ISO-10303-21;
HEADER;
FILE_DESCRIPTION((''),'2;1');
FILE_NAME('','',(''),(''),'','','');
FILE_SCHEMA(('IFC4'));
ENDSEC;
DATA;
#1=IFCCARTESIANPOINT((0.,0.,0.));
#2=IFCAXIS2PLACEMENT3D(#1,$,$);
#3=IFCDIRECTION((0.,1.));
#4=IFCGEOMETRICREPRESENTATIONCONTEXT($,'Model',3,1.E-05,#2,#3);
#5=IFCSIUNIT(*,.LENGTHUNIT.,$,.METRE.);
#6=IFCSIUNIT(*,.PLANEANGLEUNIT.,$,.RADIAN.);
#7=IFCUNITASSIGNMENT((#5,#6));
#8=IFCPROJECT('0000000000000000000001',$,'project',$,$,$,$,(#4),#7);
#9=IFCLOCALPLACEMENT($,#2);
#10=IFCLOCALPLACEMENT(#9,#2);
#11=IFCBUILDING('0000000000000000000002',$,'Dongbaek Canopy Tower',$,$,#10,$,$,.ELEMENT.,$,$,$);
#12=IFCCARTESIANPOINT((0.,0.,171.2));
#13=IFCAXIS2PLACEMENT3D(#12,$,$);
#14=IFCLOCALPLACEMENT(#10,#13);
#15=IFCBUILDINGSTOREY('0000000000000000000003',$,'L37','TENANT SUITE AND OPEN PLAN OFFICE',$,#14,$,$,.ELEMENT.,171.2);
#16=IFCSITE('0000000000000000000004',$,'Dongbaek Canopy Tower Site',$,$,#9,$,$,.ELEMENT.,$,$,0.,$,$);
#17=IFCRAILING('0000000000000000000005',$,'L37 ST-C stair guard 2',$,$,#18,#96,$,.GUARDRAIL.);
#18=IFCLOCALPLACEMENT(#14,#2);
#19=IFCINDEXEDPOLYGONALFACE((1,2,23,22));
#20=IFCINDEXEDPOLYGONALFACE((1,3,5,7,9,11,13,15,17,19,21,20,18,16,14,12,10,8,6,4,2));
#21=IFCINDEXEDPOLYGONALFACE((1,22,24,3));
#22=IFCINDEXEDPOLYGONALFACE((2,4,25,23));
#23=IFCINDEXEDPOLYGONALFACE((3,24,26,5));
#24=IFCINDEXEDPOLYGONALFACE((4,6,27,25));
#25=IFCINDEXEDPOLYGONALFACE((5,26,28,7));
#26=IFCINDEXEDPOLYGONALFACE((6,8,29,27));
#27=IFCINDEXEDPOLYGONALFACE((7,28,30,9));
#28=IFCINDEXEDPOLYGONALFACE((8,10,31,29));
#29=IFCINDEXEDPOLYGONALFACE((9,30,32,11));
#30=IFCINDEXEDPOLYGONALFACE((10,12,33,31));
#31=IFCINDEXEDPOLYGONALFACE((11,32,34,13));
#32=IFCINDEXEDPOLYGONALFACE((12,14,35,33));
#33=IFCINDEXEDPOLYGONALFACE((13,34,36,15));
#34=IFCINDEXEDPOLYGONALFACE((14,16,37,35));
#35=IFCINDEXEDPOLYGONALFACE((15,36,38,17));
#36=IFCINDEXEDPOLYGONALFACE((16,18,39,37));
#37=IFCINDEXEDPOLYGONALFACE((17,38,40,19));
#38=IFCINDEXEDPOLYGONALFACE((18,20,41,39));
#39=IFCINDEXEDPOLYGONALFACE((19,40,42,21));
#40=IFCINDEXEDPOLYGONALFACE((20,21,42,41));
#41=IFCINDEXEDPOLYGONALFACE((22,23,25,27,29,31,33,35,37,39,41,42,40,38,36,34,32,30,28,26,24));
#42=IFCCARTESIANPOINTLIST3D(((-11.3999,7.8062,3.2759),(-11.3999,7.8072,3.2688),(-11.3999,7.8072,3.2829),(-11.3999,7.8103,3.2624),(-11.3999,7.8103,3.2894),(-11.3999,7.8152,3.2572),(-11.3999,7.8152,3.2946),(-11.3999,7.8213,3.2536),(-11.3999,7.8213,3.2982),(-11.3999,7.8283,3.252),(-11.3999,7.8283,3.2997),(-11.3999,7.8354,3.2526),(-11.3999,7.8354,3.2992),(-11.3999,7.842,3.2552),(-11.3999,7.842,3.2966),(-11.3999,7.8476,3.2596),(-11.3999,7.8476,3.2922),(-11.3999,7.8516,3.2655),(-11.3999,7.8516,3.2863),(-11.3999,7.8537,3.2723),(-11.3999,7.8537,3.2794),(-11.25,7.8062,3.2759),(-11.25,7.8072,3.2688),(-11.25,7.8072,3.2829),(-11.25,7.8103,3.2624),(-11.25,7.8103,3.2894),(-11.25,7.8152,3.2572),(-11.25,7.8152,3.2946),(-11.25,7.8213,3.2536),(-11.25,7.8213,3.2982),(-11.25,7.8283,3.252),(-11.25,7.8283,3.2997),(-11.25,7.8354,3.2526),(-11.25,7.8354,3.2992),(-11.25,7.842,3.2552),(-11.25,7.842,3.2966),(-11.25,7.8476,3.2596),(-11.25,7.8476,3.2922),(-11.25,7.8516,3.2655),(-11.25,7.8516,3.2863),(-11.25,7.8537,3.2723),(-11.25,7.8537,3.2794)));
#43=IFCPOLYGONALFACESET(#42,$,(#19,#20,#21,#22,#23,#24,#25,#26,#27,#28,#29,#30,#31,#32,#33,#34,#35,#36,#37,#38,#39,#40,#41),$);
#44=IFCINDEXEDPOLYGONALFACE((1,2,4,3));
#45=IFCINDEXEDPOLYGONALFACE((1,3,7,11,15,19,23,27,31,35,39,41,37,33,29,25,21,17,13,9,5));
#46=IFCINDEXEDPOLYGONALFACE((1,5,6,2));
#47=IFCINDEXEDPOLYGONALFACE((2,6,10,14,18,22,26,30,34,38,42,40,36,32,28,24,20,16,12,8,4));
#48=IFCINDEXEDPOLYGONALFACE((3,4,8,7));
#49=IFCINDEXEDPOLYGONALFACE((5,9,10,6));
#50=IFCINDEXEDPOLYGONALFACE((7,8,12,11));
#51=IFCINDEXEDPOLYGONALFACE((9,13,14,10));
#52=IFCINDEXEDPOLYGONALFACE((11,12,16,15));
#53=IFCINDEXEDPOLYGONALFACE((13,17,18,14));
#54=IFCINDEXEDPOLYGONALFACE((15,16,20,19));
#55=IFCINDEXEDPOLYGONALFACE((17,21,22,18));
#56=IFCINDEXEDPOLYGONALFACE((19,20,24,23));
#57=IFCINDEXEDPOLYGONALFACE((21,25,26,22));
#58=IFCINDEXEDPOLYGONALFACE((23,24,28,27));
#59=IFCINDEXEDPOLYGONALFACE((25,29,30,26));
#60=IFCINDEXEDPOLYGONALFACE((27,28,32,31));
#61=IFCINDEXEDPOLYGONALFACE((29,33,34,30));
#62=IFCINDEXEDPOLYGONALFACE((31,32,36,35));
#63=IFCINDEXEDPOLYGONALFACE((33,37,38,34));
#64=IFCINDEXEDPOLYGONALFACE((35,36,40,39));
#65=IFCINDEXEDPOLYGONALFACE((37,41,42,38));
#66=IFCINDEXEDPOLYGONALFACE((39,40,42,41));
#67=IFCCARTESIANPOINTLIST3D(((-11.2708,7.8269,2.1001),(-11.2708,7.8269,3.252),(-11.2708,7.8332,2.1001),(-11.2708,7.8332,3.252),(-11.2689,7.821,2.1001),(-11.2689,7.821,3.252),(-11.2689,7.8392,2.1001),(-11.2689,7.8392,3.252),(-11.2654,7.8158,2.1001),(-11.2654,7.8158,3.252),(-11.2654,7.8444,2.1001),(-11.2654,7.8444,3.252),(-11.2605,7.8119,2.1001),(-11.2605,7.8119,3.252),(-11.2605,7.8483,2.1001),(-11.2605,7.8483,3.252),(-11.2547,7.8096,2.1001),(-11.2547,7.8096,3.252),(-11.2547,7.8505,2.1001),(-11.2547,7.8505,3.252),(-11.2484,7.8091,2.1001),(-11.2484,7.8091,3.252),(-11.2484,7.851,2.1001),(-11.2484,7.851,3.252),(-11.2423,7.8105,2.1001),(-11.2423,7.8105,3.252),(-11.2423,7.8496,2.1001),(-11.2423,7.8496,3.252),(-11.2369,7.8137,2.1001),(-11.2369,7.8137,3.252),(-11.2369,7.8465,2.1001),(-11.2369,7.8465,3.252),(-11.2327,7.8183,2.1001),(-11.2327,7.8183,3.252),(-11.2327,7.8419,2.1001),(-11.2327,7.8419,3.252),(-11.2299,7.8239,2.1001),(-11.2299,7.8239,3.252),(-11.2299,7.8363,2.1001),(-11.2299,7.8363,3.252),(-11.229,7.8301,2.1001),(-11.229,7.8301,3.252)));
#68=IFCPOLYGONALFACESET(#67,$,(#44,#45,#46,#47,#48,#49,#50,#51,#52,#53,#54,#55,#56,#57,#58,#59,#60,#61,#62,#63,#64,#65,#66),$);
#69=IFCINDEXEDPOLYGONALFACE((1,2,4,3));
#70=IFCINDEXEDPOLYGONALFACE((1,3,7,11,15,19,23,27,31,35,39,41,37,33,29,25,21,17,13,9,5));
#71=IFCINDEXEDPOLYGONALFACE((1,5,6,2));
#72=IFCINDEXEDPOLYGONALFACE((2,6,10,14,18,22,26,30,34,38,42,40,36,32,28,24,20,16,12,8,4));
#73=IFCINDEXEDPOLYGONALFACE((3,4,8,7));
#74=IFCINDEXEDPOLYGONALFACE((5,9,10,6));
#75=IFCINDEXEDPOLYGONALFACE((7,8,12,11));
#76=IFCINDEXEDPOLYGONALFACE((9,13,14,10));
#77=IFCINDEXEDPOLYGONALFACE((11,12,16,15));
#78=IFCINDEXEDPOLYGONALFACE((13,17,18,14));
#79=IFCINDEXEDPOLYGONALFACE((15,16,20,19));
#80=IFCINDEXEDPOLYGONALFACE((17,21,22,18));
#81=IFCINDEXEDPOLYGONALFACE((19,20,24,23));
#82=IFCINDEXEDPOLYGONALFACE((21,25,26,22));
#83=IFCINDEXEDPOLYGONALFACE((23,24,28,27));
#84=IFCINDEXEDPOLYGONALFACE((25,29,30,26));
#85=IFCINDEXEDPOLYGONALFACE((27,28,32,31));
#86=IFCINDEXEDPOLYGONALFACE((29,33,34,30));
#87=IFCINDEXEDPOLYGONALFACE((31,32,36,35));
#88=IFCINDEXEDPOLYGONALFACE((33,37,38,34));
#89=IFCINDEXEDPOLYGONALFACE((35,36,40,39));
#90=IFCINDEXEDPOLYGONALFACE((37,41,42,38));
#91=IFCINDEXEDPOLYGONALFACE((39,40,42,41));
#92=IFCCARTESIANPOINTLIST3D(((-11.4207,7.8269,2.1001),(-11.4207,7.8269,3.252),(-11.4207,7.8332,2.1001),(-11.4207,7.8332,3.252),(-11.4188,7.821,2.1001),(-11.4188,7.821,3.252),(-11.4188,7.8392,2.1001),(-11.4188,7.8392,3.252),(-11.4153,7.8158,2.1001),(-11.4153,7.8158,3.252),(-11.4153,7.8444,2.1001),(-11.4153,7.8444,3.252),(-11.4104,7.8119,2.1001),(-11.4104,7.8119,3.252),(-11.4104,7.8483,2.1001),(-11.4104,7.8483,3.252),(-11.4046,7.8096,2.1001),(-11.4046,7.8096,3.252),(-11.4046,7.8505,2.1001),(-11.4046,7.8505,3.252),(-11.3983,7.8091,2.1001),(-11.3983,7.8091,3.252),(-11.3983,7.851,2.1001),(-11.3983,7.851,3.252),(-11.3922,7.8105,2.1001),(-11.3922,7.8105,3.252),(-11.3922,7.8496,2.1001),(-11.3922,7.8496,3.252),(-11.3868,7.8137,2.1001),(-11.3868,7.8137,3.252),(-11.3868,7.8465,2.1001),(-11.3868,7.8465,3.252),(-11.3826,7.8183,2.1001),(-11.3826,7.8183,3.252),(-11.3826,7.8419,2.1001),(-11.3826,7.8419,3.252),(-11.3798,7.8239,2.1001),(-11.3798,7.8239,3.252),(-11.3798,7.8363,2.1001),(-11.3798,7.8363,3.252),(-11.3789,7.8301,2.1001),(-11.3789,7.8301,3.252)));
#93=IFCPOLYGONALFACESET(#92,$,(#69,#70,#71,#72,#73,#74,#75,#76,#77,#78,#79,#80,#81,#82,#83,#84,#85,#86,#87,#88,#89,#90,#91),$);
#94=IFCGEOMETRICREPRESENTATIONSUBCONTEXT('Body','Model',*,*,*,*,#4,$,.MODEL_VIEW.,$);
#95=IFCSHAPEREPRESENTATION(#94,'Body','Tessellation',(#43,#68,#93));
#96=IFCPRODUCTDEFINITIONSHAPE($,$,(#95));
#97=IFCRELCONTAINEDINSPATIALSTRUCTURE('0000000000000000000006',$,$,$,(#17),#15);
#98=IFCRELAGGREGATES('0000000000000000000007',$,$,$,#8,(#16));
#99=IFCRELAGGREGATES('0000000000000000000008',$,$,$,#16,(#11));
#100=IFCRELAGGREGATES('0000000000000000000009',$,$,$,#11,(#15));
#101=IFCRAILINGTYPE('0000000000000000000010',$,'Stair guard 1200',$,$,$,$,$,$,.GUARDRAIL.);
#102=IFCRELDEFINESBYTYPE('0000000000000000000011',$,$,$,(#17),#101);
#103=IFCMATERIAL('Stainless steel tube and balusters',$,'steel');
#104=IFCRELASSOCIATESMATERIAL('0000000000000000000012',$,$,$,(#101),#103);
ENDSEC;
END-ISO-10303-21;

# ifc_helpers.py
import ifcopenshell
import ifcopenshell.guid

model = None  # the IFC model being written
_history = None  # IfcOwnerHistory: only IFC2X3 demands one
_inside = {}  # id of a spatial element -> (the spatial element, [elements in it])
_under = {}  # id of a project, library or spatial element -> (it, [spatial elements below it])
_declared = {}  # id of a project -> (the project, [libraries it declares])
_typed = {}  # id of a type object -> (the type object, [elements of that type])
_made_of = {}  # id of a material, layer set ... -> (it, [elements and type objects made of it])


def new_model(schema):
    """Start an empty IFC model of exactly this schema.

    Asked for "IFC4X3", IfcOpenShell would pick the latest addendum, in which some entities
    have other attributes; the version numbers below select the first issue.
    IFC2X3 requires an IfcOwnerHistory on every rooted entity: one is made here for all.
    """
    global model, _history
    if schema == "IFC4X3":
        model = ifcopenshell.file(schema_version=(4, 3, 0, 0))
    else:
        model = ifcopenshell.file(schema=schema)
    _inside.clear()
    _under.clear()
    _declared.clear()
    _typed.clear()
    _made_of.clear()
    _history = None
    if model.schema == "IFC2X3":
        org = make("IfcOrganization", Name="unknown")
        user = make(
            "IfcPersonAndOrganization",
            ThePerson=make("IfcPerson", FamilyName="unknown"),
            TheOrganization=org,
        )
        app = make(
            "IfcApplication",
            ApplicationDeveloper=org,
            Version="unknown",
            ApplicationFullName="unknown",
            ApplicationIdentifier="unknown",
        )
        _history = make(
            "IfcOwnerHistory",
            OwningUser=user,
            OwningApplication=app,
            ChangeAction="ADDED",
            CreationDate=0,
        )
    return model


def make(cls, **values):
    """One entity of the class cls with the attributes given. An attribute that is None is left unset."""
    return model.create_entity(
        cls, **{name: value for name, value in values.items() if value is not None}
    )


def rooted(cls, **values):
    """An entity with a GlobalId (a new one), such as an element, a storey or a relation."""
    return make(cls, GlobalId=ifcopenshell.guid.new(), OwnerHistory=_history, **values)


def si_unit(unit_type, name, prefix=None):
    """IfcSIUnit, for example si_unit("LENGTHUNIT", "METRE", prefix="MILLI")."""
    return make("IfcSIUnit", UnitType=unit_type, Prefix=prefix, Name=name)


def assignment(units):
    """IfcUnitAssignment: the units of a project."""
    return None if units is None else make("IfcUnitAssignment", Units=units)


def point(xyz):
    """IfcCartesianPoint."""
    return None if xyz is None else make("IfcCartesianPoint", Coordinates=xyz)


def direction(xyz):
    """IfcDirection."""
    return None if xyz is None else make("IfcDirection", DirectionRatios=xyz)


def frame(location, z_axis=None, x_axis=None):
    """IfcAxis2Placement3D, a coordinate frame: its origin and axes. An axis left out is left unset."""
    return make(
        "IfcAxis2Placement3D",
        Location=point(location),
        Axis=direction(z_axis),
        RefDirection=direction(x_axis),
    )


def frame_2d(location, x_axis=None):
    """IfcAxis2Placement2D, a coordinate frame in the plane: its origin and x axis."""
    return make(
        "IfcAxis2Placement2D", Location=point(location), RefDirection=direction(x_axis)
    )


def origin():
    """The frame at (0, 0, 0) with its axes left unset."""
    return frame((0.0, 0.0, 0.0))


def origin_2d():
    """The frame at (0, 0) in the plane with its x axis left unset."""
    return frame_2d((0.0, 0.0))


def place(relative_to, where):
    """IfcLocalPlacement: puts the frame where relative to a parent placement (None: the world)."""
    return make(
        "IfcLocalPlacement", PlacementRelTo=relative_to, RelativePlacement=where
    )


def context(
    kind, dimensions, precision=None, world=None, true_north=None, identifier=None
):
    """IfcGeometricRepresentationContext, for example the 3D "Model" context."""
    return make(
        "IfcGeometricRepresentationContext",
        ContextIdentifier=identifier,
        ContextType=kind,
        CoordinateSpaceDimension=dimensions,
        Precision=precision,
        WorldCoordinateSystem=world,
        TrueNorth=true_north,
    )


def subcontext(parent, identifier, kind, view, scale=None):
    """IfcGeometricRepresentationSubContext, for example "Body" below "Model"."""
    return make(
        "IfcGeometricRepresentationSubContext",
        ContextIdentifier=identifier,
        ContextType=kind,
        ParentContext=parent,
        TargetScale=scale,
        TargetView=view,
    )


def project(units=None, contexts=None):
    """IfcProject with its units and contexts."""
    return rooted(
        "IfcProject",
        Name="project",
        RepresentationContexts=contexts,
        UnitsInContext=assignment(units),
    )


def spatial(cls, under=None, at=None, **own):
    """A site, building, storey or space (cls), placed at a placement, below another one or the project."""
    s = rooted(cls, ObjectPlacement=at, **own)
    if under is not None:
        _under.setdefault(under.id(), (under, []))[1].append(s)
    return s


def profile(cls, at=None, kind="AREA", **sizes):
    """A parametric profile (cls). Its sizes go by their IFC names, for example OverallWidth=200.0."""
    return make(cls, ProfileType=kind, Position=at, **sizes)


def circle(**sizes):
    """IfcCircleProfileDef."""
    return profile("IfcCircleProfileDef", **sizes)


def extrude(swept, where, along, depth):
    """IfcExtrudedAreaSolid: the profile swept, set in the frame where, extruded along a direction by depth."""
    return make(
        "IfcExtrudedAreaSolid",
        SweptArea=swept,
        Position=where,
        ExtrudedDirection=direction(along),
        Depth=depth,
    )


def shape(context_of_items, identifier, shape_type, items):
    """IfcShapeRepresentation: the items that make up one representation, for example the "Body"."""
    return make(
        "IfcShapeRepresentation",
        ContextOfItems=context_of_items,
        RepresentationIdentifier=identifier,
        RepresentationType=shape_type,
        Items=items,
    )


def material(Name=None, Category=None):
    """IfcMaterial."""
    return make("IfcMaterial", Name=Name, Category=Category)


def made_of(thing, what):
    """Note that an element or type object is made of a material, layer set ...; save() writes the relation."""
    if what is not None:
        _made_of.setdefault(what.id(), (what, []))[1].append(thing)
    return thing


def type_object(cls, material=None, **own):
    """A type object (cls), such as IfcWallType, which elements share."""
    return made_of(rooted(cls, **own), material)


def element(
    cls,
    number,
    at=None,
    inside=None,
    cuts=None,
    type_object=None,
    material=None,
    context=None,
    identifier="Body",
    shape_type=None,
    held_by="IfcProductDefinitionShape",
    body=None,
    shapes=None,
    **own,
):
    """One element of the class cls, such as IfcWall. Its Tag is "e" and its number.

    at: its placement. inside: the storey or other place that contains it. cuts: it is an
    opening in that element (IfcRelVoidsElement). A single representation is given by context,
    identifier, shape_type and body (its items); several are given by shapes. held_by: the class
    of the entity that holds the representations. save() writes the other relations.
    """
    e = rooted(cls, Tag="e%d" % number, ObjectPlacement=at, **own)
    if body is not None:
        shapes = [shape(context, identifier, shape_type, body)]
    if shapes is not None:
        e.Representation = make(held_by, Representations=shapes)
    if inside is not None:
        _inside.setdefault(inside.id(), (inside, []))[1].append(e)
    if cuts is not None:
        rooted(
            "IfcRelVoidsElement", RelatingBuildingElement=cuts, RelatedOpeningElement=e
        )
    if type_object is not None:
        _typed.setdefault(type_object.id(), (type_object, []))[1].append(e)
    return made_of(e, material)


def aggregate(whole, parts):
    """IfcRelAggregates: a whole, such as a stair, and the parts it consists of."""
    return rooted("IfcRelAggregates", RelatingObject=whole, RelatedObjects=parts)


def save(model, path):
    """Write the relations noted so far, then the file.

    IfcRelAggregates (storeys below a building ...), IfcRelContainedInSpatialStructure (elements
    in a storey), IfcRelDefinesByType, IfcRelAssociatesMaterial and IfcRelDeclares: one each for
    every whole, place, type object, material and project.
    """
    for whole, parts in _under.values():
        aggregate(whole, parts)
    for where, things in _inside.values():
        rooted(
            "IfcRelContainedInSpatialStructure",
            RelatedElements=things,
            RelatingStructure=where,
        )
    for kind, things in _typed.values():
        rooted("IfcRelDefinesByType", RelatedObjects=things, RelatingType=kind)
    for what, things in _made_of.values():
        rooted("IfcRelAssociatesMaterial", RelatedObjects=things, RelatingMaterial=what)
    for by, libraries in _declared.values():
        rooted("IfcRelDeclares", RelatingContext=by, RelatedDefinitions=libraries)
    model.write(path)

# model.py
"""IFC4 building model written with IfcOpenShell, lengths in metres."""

from ifc_helpers import new_model, si_unit, direction, frame, origin, origin_2d, place, context, subcontext, project, spatial, circle, extrude, material, type_object, element, save


model = new_model("IFC4")

# Units and contexts
model_context = context("Model", 3, precision=1e-05, world=origin(), true_north=direction((0.0, 1.0)))
body_context = subcontext(model_context, "Body", "Model", "MODEL_VIEW")
ifc_project = project(units=[si_unit("LENGTHUNIT", "METRE"), si_unit("PLANEANGLEUNIT", "RADIAN")], contexts=[model_context])

# Site, building, storey
site_placement = place(None, origin())
site = spatial("IfcSite", under=ifc_project, at=site_placement, Name="Dongbaek Canopy Tower Site", CompositionType="ELEMENT", RefElevation=0.0)
building_placement = place(site_placement, origin())
building = spatial("IfcBuilding", under=site, at=building_placement, Name="Dongbaek Canopy Tower", CompositionType="ELEMENT")
storey_placement = place(building_placement, frame((0.0, 0.0, 171.2)))
storey = spatial("IfcBuildingStorey", under=building, at=storey_placement, Name="L37", Description="TENANT SUITE AND OPEN PLAN OFFICE", CompositionType="ELEMENT", Elevation=171.2)

# Railing
ifc_material_1 = material(Name="Stainless steel tube and balusters", Category="steel")
railing_type_1 = type_object("IfcRailingType", Name="Stair guard 1200", PredefinedType="GUARDRAIL", material=ifc_material_1)
railing_1_placement = place(storey_placement, frame((-11.25, 7.8301, 2.1001)))
element("IfcRailing", 1, at=railing_1_placement, inside=storey, type_object=railing_type_1, Name="L37 ST-C stair guard 2", PredefinedType="GUARDRAIL", context=body_context, shape_type="SweptSolid", body=[
    extrude(circle(Radius=0.0239, at=origin_2d()), frame((0.0, 0.0, 1.1758), z_axis=(-1.0, 0.0, 0.0), x_axis=(0.0, -1.0, 0.0)), (0.0, 0.0, 1.0), 0.1499),
    extrude(circle(Radius=0.021, at=origin_2d()), origin(), (0.0, 0.0, 1.0), 1.1519),
    extrude(circle(Radius=0.021, at=origin_2d()), frame((-0.1499, 0.0, 0.0)), (0.0, 0.0, 1.0), 1.1519),
])

save(model, "model.ifc")
